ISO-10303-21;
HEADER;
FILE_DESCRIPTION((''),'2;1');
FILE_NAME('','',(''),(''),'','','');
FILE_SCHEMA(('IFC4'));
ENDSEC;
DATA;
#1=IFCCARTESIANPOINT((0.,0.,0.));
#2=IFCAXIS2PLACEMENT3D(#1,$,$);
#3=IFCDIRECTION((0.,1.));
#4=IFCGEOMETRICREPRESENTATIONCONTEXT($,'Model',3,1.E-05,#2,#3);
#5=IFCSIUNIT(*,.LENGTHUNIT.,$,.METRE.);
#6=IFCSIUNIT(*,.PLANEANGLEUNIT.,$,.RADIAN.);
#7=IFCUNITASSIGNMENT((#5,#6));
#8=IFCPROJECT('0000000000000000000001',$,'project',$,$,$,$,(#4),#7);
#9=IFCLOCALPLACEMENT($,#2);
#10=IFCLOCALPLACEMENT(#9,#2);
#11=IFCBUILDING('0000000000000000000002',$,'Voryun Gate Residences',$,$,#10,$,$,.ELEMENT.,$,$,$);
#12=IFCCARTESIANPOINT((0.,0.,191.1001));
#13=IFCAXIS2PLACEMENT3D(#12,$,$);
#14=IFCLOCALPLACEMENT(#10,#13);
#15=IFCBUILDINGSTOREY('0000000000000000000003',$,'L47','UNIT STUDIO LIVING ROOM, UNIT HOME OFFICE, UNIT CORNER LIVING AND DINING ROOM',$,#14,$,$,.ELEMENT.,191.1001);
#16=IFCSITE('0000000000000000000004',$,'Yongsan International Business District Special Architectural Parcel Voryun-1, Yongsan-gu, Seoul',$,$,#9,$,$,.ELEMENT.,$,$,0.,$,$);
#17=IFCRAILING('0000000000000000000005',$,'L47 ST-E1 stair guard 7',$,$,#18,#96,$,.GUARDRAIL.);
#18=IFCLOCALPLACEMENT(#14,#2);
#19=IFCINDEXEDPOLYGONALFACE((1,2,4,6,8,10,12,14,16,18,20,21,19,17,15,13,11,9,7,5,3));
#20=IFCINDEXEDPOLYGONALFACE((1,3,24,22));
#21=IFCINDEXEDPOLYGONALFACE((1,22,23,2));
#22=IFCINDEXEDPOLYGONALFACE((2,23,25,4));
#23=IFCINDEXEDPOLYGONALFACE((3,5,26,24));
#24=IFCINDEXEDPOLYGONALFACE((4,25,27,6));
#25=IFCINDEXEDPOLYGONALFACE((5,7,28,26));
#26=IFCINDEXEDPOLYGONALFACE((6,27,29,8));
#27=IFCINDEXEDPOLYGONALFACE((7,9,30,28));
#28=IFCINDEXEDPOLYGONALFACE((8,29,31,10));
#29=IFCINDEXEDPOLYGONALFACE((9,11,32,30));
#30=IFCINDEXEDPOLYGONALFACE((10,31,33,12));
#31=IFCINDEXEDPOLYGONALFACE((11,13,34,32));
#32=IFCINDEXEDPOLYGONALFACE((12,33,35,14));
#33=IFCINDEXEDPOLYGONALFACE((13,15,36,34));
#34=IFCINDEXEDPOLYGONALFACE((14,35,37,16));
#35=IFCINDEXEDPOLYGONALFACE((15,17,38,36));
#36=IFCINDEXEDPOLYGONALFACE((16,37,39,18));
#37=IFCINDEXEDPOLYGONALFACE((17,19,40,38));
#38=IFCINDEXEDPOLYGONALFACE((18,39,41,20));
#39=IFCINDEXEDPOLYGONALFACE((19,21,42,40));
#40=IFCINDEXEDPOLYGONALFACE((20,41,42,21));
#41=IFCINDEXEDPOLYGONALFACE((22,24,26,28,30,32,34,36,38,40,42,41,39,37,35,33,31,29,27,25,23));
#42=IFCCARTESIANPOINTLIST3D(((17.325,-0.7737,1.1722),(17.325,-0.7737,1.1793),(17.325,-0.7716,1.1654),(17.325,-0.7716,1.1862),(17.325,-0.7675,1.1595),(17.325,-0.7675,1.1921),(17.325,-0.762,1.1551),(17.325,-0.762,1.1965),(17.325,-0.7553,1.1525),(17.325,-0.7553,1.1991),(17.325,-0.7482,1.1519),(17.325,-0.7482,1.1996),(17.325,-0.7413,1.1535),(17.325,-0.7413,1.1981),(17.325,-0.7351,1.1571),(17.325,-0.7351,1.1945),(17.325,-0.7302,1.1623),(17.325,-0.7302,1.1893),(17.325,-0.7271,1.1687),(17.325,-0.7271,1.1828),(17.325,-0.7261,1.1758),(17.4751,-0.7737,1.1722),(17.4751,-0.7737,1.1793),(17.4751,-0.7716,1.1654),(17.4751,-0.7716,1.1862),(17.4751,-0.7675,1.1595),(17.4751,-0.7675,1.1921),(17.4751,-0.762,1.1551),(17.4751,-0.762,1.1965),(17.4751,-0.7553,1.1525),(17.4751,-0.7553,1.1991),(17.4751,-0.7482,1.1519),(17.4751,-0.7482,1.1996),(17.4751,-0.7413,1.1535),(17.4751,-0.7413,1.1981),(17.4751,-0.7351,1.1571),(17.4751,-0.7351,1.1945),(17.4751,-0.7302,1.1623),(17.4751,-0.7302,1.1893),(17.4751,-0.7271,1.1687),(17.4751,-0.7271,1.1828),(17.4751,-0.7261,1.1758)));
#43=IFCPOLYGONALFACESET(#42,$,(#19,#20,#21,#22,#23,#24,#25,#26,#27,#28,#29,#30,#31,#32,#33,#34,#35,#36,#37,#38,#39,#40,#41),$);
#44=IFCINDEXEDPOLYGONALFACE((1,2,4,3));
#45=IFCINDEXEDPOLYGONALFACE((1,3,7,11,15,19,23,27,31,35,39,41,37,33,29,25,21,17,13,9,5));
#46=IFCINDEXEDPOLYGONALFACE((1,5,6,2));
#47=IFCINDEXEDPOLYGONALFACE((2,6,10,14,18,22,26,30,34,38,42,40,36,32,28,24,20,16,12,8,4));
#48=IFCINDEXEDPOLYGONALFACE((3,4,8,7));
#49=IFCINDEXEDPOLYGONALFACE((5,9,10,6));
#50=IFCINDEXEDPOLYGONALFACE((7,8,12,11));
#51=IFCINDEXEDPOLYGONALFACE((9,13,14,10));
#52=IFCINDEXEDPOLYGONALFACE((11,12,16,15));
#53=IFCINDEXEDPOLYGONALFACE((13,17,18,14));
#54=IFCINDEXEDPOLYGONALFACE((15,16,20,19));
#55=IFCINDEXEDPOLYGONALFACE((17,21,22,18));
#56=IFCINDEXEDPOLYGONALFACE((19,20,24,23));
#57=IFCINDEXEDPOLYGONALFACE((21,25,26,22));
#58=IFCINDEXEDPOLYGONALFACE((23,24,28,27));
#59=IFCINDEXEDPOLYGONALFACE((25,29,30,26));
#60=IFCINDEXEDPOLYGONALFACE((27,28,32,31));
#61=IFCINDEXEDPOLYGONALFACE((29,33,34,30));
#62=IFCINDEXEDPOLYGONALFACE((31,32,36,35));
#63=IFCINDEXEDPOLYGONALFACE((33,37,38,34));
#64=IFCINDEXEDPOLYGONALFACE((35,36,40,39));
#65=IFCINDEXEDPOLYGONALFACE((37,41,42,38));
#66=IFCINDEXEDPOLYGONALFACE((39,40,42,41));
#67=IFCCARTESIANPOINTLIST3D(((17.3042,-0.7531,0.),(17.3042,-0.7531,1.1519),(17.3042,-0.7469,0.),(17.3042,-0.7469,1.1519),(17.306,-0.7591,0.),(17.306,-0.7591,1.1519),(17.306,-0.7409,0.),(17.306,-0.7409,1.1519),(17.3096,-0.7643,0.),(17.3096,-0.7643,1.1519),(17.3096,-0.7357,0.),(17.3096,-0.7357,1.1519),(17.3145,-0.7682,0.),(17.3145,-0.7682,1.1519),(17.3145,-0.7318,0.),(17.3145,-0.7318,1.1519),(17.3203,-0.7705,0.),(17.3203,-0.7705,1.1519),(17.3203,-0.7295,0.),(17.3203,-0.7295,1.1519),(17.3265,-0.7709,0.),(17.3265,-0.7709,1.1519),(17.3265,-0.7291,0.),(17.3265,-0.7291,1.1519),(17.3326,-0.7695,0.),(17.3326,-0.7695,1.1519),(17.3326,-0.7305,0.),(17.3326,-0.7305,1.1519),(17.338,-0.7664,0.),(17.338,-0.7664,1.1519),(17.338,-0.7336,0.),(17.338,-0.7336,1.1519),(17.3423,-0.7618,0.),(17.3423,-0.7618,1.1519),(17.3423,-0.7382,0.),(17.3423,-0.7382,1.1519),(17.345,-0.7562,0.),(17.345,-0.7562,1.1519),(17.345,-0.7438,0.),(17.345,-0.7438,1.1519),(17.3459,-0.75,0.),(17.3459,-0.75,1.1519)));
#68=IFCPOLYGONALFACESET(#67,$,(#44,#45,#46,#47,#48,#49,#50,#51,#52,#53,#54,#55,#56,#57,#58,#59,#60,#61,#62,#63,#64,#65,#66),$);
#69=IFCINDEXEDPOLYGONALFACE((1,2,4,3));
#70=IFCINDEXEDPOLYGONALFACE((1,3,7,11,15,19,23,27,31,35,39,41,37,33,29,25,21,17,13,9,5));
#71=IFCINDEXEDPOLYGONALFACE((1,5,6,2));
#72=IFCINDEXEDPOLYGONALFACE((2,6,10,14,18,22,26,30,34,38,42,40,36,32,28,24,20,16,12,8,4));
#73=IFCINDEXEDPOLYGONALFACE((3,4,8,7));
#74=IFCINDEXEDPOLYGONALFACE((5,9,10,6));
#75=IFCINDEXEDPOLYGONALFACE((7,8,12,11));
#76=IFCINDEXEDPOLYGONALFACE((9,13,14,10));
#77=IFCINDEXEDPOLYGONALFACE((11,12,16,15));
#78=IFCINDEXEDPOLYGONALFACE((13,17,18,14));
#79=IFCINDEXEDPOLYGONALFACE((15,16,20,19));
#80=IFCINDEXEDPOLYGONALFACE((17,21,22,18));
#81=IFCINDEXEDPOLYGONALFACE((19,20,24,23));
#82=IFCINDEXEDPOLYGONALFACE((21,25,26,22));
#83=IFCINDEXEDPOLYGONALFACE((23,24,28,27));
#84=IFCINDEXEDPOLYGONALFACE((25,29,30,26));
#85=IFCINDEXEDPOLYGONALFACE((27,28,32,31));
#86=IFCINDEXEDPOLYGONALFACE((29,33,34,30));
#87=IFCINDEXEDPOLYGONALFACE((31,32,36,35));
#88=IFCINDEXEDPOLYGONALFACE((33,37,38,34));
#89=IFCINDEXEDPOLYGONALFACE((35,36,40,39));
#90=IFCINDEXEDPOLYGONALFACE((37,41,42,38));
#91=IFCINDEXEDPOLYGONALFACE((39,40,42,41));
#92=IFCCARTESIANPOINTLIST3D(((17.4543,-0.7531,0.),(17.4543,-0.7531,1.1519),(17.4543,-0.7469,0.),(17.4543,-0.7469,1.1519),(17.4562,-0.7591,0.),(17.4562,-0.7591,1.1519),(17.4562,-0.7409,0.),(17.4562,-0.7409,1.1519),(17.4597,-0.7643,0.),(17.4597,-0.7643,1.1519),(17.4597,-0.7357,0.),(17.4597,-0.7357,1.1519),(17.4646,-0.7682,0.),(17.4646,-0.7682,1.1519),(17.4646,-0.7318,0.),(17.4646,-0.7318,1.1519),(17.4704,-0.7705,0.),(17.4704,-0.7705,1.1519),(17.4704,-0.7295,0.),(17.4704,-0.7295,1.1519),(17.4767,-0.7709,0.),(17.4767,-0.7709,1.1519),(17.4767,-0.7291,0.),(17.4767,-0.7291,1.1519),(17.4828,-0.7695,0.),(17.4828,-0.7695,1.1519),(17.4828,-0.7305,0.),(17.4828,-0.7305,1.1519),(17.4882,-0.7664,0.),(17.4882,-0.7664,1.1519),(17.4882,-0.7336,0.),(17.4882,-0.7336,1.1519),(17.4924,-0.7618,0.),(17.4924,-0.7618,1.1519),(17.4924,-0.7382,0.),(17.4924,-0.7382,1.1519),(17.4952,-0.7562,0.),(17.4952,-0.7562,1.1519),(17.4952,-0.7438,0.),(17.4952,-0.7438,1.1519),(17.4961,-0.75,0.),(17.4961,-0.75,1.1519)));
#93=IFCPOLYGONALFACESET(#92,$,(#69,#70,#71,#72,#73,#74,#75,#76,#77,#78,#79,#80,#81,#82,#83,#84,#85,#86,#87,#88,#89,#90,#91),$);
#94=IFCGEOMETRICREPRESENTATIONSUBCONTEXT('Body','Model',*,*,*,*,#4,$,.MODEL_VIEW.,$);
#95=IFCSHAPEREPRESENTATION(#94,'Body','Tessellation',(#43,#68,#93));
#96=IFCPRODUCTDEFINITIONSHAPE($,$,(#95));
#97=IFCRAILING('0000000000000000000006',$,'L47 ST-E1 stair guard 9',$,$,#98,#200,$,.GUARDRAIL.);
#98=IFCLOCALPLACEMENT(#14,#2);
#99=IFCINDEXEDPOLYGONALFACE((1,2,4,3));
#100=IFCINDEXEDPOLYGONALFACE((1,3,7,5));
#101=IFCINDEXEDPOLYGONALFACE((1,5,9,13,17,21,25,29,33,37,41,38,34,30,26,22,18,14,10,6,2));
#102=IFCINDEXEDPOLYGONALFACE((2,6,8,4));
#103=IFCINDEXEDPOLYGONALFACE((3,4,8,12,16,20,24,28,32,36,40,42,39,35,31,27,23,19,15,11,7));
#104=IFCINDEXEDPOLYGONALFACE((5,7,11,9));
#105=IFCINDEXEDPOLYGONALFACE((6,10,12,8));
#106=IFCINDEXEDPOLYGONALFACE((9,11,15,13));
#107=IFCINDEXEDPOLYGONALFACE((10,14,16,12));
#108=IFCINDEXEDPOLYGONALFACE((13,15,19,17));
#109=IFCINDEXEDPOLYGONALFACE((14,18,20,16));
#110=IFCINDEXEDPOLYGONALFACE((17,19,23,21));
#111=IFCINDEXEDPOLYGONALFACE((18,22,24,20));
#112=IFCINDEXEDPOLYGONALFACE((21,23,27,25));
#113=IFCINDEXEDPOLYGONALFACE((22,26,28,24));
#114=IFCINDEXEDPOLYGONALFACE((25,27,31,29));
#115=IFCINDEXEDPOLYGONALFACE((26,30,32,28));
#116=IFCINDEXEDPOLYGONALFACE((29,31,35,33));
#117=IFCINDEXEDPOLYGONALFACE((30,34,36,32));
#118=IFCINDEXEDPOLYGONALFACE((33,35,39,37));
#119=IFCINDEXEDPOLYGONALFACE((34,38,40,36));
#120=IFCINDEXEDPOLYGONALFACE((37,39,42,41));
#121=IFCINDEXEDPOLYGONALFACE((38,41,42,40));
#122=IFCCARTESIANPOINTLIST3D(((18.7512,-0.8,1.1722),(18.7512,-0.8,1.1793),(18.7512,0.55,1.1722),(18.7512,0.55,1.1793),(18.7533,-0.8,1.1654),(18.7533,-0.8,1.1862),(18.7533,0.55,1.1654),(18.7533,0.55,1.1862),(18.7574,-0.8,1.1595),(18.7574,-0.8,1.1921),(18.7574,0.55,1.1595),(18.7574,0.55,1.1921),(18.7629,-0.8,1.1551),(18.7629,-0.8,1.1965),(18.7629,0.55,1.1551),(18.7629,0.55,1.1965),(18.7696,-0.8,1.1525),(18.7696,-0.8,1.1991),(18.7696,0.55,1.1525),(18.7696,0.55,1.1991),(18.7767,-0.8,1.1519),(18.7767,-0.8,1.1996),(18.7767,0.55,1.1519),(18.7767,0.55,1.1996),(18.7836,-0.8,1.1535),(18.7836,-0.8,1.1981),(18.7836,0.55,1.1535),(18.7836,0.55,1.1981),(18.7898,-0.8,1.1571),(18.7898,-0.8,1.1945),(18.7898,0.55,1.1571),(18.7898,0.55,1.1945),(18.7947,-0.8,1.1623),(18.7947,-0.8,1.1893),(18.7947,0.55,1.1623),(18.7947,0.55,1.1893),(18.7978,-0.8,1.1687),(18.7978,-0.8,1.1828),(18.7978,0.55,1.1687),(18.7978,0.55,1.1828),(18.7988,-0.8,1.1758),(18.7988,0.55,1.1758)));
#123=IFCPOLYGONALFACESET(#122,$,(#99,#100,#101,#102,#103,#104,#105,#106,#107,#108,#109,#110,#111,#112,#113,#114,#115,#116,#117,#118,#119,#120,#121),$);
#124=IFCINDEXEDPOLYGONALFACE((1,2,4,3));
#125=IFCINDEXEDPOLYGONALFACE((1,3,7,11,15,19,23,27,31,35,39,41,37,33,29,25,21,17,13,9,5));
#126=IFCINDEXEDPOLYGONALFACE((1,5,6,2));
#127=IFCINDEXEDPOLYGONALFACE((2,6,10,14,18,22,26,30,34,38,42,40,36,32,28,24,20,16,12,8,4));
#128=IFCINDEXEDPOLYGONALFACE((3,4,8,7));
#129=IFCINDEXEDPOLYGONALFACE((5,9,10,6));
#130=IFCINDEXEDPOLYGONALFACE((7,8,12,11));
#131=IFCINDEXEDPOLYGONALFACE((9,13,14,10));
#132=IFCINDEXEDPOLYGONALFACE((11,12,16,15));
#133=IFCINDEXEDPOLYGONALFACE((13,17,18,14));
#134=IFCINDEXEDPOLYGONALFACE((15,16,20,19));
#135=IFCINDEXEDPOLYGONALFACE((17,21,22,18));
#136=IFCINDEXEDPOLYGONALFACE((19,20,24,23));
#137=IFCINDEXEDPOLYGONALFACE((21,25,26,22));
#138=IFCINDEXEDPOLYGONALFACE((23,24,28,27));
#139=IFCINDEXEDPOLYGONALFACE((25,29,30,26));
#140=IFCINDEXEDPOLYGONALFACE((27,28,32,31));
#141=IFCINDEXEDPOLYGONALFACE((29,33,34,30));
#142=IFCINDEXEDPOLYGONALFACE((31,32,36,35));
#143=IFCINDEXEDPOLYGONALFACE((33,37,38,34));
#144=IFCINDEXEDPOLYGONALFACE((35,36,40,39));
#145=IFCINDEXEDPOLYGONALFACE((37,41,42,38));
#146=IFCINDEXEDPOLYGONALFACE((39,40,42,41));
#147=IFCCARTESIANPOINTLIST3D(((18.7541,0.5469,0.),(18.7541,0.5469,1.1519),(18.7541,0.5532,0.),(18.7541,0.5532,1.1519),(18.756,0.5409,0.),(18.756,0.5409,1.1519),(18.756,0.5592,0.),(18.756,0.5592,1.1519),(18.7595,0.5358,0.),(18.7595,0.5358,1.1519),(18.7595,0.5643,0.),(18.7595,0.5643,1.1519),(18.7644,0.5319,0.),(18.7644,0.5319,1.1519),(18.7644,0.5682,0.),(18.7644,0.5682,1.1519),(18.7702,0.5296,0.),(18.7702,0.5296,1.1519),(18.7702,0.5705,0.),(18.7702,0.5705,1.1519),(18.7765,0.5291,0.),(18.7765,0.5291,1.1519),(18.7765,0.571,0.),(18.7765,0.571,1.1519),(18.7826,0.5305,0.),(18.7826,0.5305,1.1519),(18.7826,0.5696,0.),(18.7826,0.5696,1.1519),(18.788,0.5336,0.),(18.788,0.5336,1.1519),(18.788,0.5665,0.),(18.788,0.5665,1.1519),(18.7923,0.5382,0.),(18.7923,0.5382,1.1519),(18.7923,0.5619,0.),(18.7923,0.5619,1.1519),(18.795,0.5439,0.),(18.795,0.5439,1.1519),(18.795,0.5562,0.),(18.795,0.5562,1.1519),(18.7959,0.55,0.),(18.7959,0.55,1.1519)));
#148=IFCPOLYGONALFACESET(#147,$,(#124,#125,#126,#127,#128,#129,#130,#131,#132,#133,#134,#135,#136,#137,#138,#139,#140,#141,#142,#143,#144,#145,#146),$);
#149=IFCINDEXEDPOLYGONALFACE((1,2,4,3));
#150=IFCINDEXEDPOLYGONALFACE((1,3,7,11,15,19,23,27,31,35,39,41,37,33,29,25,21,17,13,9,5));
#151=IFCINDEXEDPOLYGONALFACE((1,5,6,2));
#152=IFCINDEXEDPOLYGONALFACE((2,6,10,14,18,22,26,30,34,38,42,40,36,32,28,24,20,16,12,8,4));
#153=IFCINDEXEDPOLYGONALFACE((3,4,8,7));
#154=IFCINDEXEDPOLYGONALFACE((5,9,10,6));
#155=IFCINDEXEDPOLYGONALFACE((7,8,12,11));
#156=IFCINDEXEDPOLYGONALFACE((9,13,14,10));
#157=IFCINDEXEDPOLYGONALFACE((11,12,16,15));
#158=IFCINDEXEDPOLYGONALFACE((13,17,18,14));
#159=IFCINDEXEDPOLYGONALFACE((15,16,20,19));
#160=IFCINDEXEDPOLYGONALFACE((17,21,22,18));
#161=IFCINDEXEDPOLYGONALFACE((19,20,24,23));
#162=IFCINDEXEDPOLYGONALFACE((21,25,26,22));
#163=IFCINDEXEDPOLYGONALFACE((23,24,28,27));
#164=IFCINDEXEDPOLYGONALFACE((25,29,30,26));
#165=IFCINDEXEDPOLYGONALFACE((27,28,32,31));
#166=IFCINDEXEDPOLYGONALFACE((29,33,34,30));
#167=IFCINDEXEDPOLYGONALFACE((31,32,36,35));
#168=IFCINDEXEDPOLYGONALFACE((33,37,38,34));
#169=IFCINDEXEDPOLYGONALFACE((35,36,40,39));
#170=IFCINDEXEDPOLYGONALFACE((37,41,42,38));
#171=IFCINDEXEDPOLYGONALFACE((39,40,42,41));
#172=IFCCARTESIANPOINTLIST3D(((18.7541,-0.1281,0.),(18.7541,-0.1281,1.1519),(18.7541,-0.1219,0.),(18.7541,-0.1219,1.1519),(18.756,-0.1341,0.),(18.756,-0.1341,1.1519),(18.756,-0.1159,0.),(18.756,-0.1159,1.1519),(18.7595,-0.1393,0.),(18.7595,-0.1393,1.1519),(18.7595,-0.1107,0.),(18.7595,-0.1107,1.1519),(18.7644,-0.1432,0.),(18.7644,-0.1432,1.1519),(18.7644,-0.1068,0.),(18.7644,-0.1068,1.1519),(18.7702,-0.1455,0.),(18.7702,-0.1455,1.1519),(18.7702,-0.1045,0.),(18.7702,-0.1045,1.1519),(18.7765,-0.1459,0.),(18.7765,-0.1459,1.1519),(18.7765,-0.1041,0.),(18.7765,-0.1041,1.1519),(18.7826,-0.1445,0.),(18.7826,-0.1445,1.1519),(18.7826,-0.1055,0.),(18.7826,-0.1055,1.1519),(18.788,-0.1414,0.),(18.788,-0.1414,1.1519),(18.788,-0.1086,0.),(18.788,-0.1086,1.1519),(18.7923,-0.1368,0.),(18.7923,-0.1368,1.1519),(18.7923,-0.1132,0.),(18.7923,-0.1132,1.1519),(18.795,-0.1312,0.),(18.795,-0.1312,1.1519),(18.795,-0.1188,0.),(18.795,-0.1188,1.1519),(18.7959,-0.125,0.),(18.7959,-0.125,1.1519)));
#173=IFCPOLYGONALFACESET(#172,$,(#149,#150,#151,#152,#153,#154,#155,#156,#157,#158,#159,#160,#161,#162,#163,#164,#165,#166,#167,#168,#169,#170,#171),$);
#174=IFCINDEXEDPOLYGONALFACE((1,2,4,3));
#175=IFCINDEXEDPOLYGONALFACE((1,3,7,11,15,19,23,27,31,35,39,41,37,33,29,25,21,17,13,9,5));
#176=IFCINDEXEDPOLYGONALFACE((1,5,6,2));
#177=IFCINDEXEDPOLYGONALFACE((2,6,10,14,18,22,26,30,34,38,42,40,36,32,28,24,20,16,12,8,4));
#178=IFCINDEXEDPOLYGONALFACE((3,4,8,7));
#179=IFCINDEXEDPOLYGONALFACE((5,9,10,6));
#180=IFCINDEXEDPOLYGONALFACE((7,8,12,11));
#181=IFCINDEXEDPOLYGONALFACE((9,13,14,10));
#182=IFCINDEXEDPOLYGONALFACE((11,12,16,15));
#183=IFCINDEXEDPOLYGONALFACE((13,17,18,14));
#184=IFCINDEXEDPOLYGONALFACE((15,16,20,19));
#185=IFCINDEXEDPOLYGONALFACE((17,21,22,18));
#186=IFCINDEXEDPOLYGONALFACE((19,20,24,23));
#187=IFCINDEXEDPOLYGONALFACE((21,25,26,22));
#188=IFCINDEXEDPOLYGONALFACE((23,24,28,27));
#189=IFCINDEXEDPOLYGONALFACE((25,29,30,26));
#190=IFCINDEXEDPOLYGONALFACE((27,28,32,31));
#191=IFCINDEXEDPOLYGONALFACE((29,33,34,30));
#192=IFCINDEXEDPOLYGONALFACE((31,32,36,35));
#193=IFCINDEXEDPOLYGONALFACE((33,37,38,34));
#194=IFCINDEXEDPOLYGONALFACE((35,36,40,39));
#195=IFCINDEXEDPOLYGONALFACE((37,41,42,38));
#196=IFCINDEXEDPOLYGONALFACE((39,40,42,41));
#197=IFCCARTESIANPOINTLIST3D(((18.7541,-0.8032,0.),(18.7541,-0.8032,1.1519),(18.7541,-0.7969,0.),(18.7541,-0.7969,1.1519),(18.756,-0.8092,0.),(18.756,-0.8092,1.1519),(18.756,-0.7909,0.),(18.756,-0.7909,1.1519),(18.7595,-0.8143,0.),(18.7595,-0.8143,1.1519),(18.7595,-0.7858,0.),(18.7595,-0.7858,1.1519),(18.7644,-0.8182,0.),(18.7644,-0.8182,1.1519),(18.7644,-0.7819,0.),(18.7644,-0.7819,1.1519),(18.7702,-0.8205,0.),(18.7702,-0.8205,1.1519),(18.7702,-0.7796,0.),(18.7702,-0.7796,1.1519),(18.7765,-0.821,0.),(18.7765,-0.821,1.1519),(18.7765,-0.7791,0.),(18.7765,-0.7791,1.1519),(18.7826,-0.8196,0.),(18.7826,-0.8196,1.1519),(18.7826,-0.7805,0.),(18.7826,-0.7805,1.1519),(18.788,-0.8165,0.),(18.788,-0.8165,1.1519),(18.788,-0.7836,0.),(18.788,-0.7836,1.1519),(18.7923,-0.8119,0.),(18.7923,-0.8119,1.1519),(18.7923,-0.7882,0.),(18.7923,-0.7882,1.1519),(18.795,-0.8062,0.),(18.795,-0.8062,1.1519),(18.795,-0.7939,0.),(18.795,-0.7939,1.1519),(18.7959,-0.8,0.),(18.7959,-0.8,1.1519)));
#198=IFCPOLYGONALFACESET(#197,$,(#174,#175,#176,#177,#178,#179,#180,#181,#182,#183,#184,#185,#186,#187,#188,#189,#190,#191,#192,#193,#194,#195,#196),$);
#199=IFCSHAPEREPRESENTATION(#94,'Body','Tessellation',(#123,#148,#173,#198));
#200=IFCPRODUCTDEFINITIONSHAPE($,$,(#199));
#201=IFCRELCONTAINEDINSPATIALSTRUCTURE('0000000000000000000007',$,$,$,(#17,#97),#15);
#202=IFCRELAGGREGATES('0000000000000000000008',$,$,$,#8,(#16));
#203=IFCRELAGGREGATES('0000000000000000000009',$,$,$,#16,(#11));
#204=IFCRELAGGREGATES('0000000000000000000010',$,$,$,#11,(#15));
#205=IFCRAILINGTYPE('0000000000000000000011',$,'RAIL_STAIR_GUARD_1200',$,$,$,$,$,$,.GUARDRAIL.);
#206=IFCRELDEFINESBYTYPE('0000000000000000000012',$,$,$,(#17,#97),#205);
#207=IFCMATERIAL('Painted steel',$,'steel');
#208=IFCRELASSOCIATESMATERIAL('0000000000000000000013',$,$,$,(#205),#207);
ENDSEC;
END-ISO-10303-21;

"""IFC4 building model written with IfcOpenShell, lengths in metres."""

from ifc_helpers import new_model, si_unit, direction, frame, origin, origin_2d, place, context, subcontext, project, spatial, circle, extrude, material, type_object, element, save


model = new_model("IFC4")

# Units and contexts
model_context = context("Model", 3, precision=1e-05, world=origin(), true_north=direction((0.0, 1.0)))
body_context = subcontext(model_context, "Body", "Model", "MODEL_VIEW")
ifc_project = project(units=[si_unit("LENGTHUNIT", "METRE"), si_unit("PLANEANGLEUNIT", "RADIAN")], contexts=[model_context])

# Site, building, storey
site_placement = place(None, origin())
site = spatial("IfcSite", under=ifc_project, at=site_placement, Name="Yongsan International Business District Special Architectural Parcel Voryun-1, Yongsan-gu, Seoul", CompositionType="ELEMENT", RefElevation=0.0)
building_placement = place(site_placement, origin())
building = spatial("IfcBuilding", under=site, at=building_placement, Name="Voryun Gate Residences", CompositionType="ELEMENT")
storey_placement = place(building_placement, frame((0.0, 0.0, 191.1001)))
storey = spatial("IfcBuildingStorey", under=building, at=storey_placement, Name="L47", Description="UNIT STUDIO LIVING ROOM, UNIT HOME OFFICE, UNIT CORNER LIVING AND DINING ROOM", CompositionType="ELEMENT", Elevation=191.1001)

# Railings
ifc_material_1 = material(Name="Painted steel", Category="steel")
railing_type = type_object("IfcRailingType", Name="RAIL_STAIR_GUARD_1200", PredefinedType="GUARDRAIL", material=ifc_material_1)
railing_1_placement = place(storey_placement, frame((17.325, -0.75, 0.0)))
element("IfcRailing", 1, at=railing_1_placement, inside=storey, type_object=railing_type, Name="L47 ST-E1 stair guard 7", PredefinedType="GUARDRAIL", context=body_context, shape_type="SweptSolid", body=[
    extrude(circle(Radius=0.0239, at=origin_2d()), frame((0.0, 0.0, 1.1758), z_axis=(1.0, 0.0, 0.0), x_axis=(0.0, 1.0, 0.0)), (0.0, 0.0, 1.0), 0.1501),
    extrude(circle(Radius=0.021, at=origin_2d()), origin(), (0.0, 0.0, 1.0), 1.1519),
    extrude(circle(Radius=0.021, at=origin_2d()), frame((0.1501, 0.0, 0.0)), (0.0, 0.0, 1.0), 1.1519),
])
railing_2_placement = place(storey_placement, frame((18.7749, 0.55, 0.0)))
element("IfcRailing", 2, at=railing_2_placement, inside=storey, type_object=railing_type, Name="L47 ST-E1 stair guard 9", PredefinedType="GUARDRAIL", context=body_context, shape_type="SweptSolid", body=[
    extrude(circle(Radius=0.0239, at=origin_2d()), frame((0.0, 0.0, 1.1758), z_axis=(0.0, -1.0, 0.0), x_axis=(1.0, 0.0, 0.0)), (0.0, 0.0, 1.0), 1.3501),
    extrude(circle(Radius=0.021, at=origin_2d()), origin(), (0.0, 0.0, 1.0), 1.1519),
    extrude(circle(Radius=0.021, at=origin_2d()), frame((0.0, -0.675, 0.0)), (0.0, 0.0, 1.0), 1.1519),
    extrude(circle(Radius=0.021, at=origin_2d()), frame((0.0, -1.3501, 0.0)), (0.0, 0.0, 1.0), 1.1519),
])

save(model, "model.ifc")
